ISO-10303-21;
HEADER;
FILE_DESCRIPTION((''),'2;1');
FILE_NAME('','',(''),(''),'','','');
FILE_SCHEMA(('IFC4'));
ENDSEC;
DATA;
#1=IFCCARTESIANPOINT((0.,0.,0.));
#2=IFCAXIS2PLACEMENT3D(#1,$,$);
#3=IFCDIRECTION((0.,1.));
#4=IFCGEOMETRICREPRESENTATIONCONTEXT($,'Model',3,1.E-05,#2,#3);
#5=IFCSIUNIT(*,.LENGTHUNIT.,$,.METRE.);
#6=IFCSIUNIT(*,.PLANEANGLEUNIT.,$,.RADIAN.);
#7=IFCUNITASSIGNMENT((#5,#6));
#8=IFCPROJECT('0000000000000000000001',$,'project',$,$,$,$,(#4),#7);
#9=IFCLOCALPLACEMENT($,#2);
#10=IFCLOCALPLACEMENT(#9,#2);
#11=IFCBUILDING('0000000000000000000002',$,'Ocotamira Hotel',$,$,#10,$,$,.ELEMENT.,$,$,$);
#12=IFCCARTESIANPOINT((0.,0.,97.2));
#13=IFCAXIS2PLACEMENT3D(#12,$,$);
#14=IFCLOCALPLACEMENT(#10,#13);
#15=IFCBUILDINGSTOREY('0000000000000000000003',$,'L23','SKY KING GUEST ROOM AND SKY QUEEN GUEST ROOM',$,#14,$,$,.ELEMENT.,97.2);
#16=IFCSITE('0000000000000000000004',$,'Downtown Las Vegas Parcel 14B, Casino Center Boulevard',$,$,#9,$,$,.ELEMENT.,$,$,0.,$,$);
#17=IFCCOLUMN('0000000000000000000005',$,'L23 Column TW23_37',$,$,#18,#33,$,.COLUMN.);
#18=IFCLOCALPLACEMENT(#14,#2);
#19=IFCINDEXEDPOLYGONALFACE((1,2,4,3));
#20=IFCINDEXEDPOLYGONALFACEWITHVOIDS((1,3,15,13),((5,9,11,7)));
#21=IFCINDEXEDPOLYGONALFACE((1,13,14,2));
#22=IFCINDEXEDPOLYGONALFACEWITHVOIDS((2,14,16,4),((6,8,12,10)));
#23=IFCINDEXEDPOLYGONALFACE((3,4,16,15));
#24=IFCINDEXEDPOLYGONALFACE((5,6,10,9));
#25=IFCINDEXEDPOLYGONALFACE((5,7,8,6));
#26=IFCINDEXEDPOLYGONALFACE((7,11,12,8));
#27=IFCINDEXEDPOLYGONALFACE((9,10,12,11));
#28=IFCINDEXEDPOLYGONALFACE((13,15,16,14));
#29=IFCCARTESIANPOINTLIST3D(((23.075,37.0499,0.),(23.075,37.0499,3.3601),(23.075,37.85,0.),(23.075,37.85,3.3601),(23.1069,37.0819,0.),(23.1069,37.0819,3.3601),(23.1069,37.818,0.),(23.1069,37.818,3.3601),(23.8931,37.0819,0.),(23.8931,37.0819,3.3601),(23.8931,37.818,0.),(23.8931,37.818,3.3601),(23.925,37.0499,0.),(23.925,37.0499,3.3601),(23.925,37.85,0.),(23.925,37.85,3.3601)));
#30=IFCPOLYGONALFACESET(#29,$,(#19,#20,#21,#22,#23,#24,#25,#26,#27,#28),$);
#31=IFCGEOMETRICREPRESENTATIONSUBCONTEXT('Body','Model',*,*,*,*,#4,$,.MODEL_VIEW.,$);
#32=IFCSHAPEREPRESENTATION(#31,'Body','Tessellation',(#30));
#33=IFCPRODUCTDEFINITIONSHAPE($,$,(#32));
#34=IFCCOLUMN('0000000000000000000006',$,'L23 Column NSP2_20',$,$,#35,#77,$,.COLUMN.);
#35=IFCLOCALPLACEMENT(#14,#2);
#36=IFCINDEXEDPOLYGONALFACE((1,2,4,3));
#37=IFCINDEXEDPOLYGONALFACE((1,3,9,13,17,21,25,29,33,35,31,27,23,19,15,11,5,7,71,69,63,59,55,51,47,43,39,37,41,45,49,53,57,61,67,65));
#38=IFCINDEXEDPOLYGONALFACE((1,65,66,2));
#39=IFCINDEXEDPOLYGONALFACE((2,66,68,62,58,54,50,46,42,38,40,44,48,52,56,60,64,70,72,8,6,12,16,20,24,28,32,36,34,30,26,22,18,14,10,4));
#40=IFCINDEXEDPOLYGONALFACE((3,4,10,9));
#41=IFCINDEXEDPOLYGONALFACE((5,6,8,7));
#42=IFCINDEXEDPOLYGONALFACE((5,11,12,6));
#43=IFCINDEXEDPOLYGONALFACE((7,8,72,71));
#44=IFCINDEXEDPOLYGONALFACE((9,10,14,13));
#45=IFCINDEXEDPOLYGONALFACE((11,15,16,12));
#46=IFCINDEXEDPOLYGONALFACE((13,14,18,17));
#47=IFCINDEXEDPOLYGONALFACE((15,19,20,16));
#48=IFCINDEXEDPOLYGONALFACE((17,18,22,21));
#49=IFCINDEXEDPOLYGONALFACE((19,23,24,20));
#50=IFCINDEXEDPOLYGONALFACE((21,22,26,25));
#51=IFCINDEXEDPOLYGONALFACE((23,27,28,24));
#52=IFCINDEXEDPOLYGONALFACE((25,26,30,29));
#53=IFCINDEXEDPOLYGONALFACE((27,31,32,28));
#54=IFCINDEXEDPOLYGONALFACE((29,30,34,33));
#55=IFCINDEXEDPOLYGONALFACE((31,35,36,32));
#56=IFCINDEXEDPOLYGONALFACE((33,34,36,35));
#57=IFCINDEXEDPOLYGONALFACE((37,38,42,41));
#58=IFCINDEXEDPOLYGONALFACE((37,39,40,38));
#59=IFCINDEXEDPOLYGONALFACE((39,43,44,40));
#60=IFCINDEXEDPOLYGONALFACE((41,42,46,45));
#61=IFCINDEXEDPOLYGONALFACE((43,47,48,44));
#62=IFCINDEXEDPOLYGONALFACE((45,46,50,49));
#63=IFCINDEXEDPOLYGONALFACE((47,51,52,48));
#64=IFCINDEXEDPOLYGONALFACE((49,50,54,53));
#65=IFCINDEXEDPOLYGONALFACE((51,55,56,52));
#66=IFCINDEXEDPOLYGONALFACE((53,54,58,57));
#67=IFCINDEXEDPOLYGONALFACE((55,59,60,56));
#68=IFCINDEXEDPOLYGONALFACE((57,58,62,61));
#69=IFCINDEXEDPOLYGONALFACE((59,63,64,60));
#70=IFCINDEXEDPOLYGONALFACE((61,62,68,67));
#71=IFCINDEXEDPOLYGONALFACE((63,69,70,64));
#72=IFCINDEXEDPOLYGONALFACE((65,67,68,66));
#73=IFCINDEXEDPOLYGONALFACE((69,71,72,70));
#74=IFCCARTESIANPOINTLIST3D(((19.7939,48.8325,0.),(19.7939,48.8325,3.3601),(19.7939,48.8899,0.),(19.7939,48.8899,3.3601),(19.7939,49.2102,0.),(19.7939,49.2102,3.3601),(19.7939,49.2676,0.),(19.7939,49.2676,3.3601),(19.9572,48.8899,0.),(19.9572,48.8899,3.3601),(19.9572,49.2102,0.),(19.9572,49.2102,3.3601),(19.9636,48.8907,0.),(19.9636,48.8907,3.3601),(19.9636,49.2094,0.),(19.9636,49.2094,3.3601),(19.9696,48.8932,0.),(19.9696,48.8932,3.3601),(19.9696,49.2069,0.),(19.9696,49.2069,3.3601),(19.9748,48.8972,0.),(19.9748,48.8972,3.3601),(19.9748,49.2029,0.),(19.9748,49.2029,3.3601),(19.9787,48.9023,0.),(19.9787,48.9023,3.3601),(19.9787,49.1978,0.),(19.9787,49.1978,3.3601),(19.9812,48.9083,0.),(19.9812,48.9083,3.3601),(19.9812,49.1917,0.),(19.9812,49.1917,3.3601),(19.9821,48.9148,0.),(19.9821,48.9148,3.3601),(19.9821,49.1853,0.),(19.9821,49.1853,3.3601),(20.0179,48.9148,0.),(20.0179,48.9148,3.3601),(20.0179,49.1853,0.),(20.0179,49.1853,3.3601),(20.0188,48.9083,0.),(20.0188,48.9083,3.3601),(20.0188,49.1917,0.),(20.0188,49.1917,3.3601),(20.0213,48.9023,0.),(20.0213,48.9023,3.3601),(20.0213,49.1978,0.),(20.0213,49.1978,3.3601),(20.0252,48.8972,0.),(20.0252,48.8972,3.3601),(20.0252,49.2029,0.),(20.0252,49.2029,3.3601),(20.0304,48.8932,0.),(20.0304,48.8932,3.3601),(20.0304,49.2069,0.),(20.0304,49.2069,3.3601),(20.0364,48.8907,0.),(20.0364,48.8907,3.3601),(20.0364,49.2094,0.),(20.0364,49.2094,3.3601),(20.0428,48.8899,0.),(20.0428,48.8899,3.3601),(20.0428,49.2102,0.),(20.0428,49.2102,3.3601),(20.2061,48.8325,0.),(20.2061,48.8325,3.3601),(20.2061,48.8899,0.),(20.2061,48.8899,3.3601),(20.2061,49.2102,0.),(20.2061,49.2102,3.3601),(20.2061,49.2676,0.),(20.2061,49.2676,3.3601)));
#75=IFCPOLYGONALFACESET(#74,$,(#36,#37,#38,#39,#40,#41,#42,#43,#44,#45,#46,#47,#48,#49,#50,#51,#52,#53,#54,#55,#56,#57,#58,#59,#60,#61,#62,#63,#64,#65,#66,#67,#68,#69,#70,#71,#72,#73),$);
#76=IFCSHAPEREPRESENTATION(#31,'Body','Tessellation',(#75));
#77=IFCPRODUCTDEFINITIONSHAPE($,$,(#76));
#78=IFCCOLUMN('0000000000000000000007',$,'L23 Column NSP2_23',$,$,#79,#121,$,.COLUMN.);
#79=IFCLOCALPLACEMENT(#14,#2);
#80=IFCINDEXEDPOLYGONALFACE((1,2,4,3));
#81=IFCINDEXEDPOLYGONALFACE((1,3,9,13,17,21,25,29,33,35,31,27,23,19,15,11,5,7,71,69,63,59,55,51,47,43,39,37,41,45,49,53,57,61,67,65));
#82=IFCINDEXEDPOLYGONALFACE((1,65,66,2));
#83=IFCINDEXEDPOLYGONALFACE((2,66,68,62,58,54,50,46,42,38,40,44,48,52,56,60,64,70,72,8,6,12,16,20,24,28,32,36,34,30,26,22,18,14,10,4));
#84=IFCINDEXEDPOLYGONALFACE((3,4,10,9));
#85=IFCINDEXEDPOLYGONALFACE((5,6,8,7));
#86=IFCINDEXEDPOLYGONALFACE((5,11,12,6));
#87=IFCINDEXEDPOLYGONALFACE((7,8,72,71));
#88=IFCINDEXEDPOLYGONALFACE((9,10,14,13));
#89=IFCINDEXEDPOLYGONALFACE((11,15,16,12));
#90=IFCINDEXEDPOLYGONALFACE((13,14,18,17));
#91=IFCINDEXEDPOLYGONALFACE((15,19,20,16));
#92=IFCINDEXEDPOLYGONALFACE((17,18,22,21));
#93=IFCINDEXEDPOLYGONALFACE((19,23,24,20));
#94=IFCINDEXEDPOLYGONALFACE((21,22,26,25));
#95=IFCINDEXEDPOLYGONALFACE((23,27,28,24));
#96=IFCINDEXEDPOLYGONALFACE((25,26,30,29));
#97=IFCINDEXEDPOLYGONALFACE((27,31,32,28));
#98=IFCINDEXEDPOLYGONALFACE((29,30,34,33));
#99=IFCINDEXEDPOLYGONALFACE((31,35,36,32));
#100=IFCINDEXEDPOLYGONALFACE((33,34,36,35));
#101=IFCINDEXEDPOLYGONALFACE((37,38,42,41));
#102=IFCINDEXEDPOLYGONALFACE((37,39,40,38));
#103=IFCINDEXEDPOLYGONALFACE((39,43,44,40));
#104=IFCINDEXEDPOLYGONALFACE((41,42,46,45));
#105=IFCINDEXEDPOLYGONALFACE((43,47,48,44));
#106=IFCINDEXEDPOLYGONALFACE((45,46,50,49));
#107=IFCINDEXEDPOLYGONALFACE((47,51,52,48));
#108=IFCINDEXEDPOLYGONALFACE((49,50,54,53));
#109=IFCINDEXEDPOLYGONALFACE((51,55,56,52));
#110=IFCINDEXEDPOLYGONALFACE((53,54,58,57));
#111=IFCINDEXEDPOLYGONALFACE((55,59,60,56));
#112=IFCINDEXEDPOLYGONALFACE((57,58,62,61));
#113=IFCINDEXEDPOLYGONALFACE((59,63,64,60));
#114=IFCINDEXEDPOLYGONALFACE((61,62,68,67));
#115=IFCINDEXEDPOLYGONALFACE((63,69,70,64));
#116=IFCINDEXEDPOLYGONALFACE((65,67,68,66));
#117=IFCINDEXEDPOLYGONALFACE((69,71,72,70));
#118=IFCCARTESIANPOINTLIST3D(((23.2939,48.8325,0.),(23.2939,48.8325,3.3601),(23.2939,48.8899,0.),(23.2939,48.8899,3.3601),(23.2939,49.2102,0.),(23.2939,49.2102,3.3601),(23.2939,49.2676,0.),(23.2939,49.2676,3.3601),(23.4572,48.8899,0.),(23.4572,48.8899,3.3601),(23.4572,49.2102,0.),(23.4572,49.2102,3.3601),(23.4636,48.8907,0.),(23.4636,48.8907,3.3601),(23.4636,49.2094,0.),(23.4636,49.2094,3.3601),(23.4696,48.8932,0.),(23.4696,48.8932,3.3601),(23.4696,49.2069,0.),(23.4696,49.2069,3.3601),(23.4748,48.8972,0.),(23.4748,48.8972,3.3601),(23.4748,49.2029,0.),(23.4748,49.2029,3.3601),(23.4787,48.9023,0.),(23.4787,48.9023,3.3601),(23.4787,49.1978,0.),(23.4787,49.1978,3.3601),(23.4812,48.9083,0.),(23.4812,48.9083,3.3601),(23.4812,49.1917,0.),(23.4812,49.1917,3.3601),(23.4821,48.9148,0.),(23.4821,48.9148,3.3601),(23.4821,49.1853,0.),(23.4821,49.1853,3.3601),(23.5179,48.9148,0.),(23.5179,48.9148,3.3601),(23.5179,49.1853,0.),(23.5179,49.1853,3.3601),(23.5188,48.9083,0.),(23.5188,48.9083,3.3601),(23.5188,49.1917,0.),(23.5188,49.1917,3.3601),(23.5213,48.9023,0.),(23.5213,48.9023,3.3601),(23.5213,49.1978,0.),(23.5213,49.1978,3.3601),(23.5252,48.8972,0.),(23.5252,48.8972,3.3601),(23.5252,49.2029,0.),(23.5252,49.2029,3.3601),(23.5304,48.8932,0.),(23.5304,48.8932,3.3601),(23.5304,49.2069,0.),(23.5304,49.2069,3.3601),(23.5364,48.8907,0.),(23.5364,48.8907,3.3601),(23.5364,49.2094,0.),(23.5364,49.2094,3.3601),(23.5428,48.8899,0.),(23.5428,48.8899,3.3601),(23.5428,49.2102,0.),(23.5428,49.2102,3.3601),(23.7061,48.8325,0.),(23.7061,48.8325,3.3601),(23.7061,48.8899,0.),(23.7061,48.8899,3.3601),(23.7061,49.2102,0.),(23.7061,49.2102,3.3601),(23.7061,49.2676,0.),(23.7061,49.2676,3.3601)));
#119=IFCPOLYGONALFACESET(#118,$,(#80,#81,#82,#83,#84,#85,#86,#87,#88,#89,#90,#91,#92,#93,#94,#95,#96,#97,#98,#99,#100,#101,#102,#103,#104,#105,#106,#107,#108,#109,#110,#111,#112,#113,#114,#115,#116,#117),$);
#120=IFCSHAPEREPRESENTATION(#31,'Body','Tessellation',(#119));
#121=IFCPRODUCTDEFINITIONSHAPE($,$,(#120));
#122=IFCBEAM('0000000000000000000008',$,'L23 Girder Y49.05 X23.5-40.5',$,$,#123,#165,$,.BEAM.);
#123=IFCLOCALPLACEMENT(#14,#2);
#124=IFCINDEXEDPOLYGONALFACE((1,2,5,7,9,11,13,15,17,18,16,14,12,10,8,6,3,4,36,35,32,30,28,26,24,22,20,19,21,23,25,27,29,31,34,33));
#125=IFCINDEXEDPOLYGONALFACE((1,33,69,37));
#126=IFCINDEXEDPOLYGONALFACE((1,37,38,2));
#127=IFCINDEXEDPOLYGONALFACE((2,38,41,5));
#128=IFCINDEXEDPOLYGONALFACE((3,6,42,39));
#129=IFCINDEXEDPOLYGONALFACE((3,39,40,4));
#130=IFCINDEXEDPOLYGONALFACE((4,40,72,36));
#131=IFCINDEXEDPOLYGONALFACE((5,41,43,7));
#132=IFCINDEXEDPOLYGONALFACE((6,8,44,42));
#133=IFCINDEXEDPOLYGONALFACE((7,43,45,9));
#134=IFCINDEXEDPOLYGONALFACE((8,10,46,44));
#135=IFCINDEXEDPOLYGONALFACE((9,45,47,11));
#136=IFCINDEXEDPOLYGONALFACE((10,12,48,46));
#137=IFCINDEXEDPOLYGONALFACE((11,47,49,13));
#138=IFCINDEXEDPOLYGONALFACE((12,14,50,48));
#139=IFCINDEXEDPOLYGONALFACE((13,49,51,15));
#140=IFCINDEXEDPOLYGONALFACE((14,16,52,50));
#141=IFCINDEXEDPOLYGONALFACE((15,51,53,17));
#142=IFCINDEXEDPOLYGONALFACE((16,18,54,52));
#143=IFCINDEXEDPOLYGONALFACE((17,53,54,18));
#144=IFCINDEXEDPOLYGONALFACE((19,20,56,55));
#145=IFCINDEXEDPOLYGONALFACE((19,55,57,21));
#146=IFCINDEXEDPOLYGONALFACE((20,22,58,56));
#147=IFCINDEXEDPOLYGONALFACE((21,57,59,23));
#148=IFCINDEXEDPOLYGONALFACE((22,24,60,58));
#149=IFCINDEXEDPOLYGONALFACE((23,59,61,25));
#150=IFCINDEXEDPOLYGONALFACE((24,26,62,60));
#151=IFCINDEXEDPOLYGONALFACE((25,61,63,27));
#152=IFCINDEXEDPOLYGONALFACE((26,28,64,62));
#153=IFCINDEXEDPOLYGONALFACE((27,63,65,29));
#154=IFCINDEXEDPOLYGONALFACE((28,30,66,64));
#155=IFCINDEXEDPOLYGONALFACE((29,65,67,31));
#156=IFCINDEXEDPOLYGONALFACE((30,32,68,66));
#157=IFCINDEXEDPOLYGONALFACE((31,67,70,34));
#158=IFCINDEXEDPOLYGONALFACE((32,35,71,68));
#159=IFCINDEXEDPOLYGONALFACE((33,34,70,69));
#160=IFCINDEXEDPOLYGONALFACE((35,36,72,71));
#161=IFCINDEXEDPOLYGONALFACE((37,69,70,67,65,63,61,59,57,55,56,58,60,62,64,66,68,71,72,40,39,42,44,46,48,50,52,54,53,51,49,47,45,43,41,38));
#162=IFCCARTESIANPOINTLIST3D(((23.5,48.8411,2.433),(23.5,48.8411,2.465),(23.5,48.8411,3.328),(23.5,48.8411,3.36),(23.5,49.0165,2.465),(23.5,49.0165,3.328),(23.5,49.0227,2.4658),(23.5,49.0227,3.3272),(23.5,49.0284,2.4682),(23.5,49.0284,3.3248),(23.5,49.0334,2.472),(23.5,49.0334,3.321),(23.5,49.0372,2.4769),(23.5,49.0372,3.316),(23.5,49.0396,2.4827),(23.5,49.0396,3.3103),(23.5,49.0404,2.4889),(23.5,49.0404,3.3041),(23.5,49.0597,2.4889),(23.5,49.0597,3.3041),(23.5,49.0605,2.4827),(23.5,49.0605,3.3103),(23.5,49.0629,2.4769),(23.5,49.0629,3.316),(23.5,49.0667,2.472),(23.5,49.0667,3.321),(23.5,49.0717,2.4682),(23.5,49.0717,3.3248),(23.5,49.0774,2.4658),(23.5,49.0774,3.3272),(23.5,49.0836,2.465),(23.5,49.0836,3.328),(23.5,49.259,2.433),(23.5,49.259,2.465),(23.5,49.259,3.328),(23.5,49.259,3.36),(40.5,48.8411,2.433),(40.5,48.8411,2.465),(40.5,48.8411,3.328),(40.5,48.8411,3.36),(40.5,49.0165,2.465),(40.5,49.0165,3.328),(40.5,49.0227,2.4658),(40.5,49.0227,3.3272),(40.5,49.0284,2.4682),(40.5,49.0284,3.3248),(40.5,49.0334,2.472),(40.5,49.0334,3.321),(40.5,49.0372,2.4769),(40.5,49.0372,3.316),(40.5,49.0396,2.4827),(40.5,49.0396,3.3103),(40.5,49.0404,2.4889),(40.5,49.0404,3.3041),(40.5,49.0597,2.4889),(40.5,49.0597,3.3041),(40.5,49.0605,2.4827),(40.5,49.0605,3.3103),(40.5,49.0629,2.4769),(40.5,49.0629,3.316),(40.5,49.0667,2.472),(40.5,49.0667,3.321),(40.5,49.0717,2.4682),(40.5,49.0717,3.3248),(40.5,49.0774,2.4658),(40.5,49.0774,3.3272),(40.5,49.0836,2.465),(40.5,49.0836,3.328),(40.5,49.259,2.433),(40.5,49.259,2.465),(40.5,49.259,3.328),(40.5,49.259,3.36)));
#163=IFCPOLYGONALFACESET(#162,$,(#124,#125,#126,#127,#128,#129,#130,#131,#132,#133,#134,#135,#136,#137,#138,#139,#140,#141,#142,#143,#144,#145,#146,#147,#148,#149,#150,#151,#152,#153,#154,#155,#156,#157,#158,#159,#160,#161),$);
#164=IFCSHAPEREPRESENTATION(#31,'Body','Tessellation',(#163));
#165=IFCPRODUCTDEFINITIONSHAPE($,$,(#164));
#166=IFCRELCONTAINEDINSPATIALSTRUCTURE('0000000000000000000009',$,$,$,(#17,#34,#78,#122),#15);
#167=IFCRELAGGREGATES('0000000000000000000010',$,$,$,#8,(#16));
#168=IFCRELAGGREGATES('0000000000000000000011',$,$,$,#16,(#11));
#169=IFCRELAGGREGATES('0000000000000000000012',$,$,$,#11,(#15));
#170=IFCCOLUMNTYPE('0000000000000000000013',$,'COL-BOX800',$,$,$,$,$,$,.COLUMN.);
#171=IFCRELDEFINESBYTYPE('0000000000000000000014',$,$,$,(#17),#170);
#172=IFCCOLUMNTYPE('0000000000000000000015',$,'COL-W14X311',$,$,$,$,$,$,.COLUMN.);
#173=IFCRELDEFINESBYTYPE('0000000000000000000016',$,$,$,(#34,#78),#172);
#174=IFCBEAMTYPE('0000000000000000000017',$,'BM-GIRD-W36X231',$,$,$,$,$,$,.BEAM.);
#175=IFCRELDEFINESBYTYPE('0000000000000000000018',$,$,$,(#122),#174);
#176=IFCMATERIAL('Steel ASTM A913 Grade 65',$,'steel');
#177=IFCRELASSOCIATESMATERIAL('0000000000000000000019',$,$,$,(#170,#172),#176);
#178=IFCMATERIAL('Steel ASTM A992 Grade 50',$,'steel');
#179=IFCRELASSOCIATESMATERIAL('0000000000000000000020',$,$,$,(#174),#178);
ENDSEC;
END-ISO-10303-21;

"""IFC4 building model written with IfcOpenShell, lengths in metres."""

from ifc_helpers import new_model, si_unit, direction, frame, origin, origin_2d, place, context, subcontext, project, spatial, hollow_rectangle, i_section, extrude, source, transform, mapped, material, material_profile, profile_set, type_object, element, save


model = new_model("IFC4")

# Units and contexts
model_context = context("Model", 3, precision=1e-05, world=origin(), true_north=direction((0.0, 1.0)))
body_context = subcontext(model_context, "Body", "Model", "MODEL_VIEW")
ifc_project = project(units=[si_unit("LENGTHUNIT", "METRE"), si_unit("PLANEANGLEUNIT", "RADIAN")], contexts=[model_context])

# Site, building, storey
site_placement = place(None, origin())
site = spatial("IfcSite", under=ifc_project, at=site_placement, Name="Downtown Las Vegas Parcel 14B, Casino Center Boulevard", CompositionType="ELEMENT", RefElevation=0.0)
building_placement = place(site_placement, origin())
building = spatial("IfcBuilding", under=site, at=building_placement, Name="Ocotamira Hotel", CompositionType="ELEMENT")
storey_placement = place(building_placement, frame((0.0, 0.0, 97.2)))
storey = spatial("IfcBuildingStorey", under=building, at=storey_placement, Name="L23", Description="SKY KING GUEST ROOM AND SKY QUEEN GUEST ROOM", CompositionType="ELEMENT", Elevation=97.2)

# Columns
ifc_material_1 = material(Name="Steel ASTM A913 Grade 65", Category="steel")
ifc_material_profile_1 = material_profile(ifc_material_1, hollow_rectangle(XDim=0.8501, YDim=0.8, WallThickness=0.032, at=origin_2d()), Name="BOX800X850X32")
ifc_profile_set_1 = profile_set([ifc_material_profile_1], Name="Steel ASTM A913 Grade 65")
column_type_1 = type_object("IfcColumnType", Name="COL-BOX800", PredefinedType="COLUMN", material=ifc_profile_set_1)
shared_shape_1 = source(origin(), body_context, "Body", "SweptSolid", [
    extrude(hollow_rectangle(XDim=0.8501, YDim=0.8, WallThickness=0.032, at=origin_2d()), origin(), (0.0, 0.0, 1.0), 3.3601),
])
column_placement = place(storey_placement, frame((23.5, 37.45, 0.0), z_axis=(0.0, 0.0, 1.0), x_axis=(1.0, 0.0, 0.0)))
element("IfcColumn", 1, at=column_placement, inside=storey, type_object=column_type_1, Name="L23 Column TW23_37", PredefinedType="COLUMN", context=body_context, shape_type="MappedRepresentation", body=[
    mapped(shared_shape_1, transform((0.0, 0.0, 0.0), scale=1.0)),
])
ifc_material_profile_2 = material_profile(ifc_material_1, i_section(OverallWidth=0.4121, OverallDepth=0.4351, WebThickness=0.0359, FlangeThickness=0.0574, FilletRadius=0.0249, at=origin_2d()), Name="W14X311")
ifc_profile_set_2 = profile_set([ifc_material_profile_2], Name="Steel ASTM A913 Grade 65")
column_type_2 = type_object("IfcColumnType", Name="COL-W14X311", PredefinedType="COLUMN", material=ifc_profile_set_2)
shared_shape_2 = source(origin(), body_context, "Body", "SweptSolid", [
    extrude(i_section(OverallWidth=0.4121, OverallDepth=0.4351, WebThickness=0.0359, FlangeThickness=0.0574, FilletRadius=0.0249, at=origin_2d()), origin(), (0.0, 0.0, 1.0), 3.3601),
])
for number, where, z_axis, x_axis, name in (
    (2, (20.0, 49.05, 0.0), (0.0, 0.0, 1.0), (1.0, 0.0, 0.0), "L23 Column NSP2_20"),
    (3, (23.5, 49.05, 0.0), (0.0, 0.0, 1.0), (1.0, 0.0, 0.0), "L23 Column NSP2_23"),
):
    element("IfcColumn", number, at=place(storey_placement, frame(where, z_axis=z_axis, x_axis=x_axis)), inside=storey, type_object=column_type_2, Name=name, PredefinedType="COLUMN", context=body_context, shape_type="MappedRepresentation", body=[
        mapped(shared_shape_2, transform((0.0, 0.0, 0.0), scale=1.0)),
    ])

# Beam
ifc_material_2 = material(Name="Steel ASTM A992 Grade 50", Category="steel")
ifc_material_profile_3 = material_profile(ifc_material_2, i_section(OverallWidth=0.418, OverallDepth=0.927, WebThickness=0.0193, FlangeThickness=0.032, FilletRadius=0.0239, at=origin_2d()), Name="W36X231")
ifc_profile_set_3 = profile_set([ifc_material_profile_3], Name="Steel ASTM A992 Grade 50")
beam_type_1 = type_object("IfcBeamType", Name="BM-GIRD-W36X231", PredefinedType="BEAM", material=ifc_profile_set_3)
shared_shape_3 = source(origin(), body_context, "Body", "SweptSolid", [
    extrude(i_section(OverallWidth=0.418, OverallDepth=0.927, WebThickness=0.0193, FlangeThickness=0.032, FilletRadius=0.0239, at=origin_2d()), origin(), (0.0, 0.0, 1.0), 17.0),
])
beam_1_placement = place(storey_placement, frame((23.5, 49.05, 2.8965), z_axis=(1.0, 0.0, 0.0), x_axis=(0.0, 1.0, 0.0)))
element("IfcBeam", 4, at=beam_1_placement, inside=storey, type_object=beam_type_1, Name="L23 Girder Y49.05 X23.5-40.5", PredefinedType="BEAM", context=body_context, shape_type="MappedRepresentation", body=[
    mapped(shared_shape_3, transform((0.0, 0.0, 0.0), scale=1.0)),
])

save(model, "model.ifc")
